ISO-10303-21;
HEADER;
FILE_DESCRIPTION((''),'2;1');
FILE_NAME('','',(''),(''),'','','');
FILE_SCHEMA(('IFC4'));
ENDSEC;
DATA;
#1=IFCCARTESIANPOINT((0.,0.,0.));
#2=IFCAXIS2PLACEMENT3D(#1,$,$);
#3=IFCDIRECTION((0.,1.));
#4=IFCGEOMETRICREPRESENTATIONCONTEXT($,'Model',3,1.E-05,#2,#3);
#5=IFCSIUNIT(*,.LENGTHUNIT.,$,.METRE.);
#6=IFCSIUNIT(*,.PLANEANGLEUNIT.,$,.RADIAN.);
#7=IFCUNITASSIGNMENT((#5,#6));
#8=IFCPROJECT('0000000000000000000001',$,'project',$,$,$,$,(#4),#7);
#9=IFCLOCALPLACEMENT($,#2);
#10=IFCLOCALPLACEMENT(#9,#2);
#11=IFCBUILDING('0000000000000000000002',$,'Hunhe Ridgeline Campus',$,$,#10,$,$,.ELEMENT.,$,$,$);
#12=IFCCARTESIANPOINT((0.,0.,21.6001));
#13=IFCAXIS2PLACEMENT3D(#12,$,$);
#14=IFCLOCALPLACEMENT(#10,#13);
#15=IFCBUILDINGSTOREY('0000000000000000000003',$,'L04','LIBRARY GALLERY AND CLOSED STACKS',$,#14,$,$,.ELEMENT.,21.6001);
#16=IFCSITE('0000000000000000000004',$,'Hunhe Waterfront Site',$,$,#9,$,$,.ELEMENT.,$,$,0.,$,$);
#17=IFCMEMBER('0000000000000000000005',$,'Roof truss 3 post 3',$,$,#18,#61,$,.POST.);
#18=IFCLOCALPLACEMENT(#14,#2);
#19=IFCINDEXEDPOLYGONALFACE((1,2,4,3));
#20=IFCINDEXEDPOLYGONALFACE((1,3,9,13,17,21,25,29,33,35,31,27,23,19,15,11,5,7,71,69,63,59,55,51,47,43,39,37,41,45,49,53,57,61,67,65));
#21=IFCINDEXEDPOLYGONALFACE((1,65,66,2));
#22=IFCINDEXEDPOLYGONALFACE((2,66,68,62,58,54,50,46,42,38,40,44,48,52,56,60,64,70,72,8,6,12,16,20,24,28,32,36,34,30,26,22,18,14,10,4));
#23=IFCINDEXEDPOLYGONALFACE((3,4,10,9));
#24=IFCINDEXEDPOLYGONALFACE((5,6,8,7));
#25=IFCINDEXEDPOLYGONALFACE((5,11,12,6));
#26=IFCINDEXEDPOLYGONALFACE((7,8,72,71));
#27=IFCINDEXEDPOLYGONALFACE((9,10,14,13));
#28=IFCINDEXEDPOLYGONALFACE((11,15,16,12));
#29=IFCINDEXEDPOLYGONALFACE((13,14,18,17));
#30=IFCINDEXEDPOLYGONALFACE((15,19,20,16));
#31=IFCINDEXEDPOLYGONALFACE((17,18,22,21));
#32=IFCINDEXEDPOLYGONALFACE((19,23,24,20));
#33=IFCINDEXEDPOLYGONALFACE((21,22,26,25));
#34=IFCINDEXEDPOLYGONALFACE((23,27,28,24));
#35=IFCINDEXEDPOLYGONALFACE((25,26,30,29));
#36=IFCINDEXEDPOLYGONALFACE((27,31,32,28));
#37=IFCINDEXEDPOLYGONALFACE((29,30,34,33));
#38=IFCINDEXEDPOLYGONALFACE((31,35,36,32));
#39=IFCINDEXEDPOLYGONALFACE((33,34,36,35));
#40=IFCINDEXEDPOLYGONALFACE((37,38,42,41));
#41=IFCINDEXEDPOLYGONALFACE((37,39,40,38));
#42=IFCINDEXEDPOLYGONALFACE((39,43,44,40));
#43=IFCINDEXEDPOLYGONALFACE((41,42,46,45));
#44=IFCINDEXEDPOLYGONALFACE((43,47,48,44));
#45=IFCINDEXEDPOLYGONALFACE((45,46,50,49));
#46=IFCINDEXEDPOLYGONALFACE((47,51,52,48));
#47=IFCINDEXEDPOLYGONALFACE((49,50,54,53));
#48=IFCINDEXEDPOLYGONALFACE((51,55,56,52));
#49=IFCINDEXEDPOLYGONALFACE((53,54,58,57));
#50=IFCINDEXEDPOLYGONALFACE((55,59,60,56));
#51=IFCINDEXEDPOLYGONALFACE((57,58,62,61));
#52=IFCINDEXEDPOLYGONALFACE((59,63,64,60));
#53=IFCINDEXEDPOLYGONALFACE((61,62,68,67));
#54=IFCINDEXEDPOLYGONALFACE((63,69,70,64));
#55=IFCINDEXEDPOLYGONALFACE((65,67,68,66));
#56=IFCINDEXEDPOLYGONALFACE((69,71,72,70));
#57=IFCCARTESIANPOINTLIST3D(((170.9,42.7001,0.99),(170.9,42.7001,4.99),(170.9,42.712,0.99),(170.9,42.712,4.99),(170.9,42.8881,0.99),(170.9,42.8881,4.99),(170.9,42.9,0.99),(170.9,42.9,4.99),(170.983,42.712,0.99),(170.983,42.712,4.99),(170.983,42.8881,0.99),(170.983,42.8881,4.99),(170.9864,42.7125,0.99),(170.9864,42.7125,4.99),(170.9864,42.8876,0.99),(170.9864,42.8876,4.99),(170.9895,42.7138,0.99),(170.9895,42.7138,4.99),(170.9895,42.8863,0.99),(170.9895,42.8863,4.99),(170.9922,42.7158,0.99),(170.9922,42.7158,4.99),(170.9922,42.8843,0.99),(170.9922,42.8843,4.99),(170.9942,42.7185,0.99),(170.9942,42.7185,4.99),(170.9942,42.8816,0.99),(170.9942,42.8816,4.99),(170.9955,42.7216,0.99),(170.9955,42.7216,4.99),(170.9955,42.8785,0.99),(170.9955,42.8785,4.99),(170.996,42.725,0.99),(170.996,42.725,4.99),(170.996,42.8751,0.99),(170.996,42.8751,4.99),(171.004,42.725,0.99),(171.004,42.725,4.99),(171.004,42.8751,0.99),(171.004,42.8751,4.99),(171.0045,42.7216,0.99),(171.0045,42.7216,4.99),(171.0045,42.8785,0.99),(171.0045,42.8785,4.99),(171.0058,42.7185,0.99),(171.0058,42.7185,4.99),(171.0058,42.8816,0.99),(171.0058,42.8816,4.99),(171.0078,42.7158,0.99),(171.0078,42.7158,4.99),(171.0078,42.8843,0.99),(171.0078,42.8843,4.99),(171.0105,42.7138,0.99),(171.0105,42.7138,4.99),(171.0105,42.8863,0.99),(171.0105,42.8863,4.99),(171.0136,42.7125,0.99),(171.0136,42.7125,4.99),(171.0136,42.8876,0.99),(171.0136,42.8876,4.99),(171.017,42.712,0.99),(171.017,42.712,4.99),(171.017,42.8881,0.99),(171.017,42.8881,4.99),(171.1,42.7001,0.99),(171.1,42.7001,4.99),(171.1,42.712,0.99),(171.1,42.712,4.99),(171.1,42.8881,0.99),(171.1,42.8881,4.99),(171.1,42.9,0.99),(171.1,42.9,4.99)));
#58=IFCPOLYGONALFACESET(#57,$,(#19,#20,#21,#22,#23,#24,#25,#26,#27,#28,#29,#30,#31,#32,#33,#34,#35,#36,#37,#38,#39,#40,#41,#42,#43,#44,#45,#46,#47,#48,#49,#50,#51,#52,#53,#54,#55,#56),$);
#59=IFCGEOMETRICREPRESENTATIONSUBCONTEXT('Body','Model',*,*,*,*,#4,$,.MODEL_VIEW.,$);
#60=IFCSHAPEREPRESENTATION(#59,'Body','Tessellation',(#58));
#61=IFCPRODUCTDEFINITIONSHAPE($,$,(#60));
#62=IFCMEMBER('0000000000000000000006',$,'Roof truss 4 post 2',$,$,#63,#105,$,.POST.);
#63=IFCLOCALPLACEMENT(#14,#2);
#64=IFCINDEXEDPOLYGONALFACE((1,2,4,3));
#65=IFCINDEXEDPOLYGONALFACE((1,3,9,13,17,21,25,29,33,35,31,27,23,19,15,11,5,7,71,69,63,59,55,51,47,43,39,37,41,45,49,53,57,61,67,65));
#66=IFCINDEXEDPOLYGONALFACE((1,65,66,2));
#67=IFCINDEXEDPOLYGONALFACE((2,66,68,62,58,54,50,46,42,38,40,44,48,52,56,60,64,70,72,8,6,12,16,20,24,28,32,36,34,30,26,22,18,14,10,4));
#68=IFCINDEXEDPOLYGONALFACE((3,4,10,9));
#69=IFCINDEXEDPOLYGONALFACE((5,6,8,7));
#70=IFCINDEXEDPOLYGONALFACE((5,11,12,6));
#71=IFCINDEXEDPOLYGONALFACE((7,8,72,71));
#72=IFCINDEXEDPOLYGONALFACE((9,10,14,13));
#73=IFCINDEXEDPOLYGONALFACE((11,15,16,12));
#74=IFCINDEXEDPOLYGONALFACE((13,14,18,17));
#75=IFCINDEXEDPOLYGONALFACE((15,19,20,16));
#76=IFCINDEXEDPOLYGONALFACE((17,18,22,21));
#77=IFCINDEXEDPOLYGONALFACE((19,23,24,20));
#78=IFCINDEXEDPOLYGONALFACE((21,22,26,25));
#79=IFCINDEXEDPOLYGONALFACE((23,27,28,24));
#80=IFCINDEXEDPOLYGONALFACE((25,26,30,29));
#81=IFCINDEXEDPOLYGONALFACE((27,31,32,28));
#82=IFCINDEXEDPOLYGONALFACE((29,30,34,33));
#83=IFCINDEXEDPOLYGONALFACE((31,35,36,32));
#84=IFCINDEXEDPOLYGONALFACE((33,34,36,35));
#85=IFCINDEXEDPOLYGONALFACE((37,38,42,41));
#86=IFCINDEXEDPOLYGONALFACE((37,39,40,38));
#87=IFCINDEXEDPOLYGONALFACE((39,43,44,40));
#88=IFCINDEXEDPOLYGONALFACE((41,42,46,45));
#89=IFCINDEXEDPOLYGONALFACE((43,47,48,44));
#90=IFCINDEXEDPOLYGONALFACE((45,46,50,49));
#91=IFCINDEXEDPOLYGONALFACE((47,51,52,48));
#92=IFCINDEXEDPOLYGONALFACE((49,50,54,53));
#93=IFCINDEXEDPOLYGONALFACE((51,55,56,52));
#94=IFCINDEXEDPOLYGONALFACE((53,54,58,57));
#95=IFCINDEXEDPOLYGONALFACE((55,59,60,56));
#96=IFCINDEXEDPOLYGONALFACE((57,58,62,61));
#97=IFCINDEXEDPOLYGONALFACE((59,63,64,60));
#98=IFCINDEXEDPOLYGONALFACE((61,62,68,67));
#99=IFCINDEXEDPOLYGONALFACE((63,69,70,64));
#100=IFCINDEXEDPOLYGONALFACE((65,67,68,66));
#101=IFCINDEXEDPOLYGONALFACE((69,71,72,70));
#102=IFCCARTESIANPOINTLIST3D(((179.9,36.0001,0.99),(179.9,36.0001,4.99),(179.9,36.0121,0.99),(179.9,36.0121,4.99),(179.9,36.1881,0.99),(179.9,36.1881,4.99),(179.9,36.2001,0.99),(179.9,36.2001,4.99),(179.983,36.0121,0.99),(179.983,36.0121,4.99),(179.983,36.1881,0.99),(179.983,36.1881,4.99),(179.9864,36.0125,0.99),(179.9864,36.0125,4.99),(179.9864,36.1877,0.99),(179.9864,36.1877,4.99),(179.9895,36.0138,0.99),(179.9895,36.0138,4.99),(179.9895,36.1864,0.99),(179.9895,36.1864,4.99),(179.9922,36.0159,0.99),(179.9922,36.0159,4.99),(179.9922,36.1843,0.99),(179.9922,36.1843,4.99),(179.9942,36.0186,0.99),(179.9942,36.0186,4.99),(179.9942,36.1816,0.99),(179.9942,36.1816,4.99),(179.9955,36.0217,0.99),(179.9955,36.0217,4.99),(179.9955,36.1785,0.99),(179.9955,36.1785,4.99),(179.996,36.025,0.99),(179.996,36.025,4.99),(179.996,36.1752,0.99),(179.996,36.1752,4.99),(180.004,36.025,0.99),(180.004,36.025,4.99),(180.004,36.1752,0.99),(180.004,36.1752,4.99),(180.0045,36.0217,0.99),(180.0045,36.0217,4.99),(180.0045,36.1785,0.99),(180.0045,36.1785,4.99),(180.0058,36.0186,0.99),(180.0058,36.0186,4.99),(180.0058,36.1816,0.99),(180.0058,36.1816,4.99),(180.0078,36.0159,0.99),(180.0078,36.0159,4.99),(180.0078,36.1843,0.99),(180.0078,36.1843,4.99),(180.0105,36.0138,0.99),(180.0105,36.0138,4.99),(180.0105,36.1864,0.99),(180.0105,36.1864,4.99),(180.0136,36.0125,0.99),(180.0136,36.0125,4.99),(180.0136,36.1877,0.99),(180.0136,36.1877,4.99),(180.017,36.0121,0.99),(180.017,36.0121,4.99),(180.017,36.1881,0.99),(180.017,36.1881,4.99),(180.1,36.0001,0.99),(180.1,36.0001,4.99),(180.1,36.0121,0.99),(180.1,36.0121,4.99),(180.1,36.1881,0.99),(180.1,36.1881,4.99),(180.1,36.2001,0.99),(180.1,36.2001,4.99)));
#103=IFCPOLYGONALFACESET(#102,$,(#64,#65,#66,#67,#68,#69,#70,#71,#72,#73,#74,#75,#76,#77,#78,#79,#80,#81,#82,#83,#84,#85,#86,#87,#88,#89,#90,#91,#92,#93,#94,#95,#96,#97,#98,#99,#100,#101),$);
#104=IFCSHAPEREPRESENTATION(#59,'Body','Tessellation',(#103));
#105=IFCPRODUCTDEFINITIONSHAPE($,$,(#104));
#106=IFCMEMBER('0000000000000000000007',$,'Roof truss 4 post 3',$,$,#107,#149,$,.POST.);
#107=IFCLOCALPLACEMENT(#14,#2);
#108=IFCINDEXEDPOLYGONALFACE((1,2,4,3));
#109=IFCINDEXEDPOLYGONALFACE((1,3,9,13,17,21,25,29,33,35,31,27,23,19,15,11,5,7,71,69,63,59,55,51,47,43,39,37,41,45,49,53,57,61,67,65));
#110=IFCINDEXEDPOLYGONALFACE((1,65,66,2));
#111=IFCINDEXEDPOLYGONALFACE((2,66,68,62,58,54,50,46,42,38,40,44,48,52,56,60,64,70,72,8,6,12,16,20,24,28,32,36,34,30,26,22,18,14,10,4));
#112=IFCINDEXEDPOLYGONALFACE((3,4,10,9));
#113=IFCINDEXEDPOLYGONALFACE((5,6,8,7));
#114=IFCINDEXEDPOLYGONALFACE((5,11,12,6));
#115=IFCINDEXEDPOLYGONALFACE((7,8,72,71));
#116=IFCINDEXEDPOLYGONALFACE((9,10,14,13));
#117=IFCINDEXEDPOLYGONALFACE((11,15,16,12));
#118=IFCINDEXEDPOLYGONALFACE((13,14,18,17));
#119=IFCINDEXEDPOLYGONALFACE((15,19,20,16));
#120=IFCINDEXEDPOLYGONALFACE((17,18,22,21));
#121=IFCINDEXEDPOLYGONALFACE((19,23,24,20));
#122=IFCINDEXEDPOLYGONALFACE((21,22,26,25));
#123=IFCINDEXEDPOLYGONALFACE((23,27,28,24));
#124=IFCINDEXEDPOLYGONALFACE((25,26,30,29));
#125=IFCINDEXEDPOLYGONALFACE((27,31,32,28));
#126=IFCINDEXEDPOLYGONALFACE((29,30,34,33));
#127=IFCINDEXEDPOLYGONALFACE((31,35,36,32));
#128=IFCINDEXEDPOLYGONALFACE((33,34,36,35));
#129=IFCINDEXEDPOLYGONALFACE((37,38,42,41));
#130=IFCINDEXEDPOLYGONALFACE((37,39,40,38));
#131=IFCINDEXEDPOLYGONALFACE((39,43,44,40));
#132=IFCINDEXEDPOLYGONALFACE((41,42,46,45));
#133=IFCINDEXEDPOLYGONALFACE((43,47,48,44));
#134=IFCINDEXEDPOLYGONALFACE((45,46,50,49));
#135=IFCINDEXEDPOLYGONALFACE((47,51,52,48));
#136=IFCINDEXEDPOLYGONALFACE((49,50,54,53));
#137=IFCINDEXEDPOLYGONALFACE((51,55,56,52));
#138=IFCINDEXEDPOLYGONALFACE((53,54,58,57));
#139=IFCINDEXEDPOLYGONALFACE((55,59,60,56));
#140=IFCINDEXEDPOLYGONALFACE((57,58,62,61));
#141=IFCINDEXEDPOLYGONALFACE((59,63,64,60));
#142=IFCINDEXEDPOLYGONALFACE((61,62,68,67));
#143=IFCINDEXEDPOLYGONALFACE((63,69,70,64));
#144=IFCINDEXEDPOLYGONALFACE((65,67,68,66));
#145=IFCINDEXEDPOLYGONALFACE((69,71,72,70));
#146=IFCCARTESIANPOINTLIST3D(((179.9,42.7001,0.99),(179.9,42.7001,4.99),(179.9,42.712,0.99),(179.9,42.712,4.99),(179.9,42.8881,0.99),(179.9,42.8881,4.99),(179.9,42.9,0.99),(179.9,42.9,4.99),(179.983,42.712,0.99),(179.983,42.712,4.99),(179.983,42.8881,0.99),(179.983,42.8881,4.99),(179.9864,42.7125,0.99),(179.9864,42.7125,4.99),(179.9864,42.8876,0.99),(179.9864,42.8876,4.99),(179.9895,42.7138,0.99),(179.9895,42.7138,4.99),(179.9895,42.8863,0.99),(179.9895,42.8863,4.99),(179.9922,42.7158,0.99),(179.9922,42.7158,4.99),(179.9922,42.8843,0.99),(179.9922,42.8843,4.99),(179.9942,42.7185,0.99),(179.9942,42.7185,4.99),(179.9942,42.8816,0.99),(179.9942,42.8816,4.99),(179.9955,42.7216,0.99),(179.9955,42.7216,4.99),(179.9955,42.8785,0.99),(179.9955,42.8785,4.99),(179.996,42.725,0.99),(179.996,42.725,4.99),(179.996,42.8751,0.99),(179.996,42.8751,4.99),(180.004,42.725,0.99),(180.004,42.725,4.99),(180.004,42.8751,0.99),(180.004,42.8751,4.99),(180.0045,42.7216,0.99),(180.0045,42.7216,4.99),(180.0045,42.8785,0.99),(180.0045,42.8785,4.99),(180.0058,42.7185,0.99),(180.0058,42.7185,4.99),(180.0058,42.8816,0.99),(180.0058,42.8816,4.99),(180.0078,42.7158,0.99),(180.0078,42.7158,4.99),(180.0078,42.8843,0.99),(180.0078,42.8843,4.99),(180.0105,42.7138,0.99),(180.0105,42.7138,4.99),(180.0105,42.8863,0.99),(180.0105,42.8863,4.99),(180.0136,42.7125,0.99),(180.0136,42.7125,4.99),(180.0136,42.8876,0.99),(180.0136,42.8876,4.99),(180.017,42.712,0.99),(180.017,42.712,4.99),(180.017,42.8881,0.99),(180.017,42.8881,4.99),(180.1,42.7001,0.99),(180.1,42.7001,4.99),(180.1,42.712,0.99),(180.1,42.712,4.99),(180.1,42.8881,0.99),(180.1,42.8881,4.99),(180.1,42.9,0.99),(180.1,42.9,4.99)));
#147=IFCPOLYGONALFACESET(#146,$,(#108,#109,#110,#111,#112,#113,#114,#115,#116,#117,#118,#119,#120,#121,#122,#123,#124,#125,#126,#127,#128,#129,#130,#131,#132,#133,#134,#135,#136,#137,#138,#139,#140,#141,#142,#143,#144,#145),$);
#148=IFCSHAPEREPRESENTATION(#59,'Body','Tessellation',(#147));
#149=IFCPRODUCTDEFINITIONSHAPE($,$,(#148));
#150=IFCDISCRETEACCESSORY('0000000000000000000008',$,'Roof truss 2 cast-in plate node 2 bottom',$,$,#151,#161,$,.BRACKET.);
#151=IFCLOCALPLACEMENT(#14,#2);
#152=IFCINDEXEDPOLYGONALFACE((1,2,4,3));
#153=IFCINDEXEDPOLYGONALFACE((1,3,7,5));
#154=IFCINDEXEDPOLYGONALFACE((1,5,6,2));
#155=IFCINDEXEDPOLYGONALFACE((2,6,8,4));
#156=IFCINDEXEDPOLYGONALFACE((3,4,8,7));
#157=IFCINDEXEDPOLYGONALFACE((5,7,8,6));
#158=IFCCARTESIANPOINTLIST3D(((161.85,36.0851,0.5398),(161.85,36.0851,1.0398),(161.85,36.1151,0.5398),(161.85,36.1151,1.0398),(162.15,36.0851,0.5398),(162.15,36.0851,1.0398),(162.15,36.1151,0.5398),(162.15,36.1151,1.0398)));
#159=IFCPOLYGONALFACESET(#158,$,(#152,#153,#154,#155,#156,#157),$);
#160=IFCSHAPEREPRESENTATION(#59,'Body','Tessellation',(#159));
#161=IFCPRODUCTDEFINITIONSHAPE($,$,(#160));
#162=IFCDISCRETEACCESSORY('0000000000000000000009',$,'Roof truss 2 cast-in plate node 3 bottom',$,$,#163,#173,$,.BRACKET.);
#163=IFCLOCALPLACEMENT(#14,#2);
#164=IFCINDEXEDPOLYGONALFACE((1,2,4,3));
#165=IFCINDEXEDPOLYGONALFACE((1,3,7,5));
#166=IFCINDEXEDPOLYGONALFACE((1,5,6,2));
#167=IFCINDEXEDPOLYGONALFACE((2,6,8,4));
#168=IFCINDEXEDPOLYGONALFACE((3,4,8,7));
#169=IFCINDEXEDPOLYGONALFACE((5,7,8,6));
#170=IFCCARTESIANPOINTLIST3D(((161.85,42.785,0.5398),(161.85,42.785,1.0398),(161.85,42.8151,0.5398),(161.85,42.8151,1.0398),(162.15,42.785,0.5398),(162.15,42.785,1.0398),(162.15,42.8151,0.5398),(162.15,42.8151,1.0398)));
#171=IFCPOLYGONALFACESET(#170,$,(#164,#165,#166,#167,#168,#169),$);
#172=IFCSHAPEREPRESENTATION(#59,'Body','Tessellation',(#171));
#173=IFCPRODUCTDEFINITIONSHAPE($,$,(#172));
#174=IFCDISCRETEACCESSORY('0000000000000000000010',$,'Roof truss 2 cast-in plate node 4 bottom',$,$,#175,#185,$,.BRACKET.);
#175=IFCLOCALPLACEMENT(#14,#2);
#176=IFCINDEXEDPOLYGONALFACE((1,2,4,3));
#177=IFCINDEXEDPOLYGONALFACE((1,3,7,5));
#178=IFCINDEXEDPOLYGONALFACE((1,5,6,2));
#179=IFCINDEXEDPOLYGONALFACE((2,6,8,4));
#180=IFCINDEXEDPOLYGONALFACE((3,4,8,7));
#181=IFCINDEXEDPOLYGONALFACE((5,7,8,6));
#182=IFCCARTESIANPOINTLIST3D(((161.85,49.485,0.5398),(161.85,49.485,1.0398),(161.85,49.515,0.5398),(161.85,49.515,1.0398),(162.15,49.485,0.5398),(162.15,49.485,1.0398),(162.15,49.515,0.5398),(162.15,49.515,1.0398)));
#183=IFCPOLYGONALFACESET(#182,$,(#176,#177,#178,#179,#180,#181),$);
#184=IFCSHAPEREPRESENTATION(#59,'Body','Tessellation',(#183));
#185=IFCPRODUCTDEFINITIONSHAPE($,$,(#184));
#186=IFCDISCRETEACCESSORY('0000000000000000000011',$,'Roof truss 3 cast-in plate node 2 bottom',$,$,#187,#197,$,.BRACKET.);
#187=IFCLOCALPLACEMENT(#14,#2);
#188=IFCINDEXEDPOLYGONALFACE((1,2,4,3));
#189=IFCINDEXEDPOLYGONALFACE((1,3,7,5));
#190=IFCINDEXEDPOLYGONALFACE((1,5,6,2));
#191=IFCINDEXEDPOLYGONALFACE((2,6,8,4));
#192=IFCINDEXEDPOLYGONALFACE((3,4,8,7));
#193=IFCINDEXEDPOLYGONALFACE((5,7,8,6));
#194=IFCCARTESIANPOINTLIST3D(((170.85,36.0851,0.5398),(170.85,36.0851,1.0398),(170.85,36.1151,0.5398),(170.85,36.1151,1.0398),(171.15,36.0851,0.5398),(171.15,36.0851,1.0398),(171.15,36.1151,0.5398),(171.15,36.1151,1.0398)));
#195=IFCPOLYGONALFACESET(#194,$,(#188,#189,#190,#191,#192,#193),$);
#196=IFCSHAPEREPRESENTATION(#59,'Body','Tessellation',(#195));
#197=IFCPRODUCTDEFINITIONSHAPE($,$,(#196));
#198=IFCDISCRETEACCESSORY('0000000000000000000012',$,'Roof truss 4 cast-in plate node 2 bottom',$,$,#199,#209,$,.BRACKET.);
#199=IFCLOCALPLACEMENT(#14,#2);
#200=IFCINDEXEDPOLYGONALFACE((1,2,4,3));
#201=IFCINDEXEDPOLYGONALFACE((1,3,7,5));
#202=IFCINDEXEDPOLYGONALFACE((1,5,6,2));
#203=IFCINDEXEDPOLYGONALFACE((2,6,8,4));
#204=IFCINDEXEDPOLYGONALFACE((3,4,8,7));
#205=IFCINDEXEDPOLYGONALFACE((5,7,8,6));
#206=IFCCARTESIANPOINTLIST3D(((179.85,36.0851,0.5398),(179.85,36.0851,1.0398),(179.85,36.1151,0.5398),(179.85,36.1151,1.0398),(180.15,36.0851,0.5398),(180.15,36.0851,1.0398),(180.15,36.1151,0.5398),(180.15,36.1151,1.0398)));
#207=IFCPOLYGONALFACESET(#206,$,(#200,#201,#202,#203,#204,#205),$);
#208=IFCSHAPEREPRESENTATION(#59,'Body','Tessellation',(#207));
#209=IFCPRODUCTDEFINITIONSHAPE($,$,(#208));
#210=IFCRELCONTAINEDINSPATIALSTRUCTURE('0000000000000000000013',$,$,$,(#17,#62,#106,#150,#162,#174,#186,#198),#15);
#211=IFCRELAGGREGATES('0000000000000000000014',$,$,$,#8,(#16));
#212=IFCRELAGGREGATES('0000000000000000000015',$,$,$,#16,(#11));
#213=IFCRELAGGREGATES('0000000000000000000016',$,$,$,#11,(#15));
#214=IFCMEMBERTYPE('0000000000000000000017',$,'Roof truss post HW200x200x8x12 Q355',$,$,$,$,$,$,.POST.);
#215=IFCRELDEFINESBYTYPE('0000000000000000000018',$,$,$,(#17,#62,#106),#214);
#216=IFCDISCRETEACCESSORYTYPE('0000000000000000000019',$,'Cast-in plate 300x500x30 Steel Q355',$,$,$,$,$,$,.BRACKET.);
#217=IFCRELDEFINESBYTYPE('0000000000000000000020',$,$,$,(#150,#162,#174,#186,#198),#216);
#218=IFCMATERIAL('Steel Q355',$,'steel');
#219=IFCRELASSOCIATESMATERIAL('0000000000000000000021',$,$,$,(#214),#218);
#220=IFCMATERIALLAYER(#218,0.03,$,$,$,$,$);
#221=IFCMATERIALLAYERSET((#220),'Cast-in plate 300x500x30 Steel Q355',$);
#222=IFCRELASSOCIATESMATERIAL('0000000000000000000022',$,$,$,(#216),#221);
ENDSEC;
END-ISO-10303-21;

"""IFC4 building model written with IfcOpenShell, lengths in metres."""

from ifc_helpers import new_model, si_unit, direction, frame, origin, origin_2d, place, context, subcontext, project, spatial, rectangle, i_section, extrude, material, layer, layer_set, material_profile, profile_set, type_object, element, save


model = new_model("IFC4")

# Units and contexts
model_context = context("Model", 3, precision=1e-05, world=origin(), true_north=direction((0.0, 1.0)))
body_context = subcontext(model_context, "Body", "Model", "MODEL_VIEW")
ifc_project = project(units=[si_unit("LENGTHUNIT", "METRE"), si_unit("PLANEANGLEUNIT", "RADIAN")], contexts=[model_context])

# Site, building, storey
site_placement = place(None, origin())
site = spatial("IfcSite", under=ifc_project, at=site_placement, Name="Hunhe Waterfront Site", CompositionType="ELEMENT", RefElevation=0.0)
building_placement = place(site_placement, origin())
building = spatial("IfcBuilding", under=site, at=building_placement, Name="Hunhe Ridgeline Campus", CompositionType="ELEMENT")
storey_placement = place(building_placement, frame((0.0, 0.0, 21.6001)))
storey = spatial("IfcBuildingStorey", under=building, at=storey_placement, Name="L04", Description="LIBRARY GALLERY AND CLOSED STACKS", CompositionType="ELEMENT", Elevation=21.6001)

# Members
ifc_material = material(Name="Steel Q355", Category="steel")
ifc_material_profile_1 = material_profile(ifc_material, i_section(OverallWidth=0.2, OverallDepth=0.2, WebThickness=0.0081, FlangeThickness=0.012, FilletRadius=0.0129, at=origin_2d()))
ifc_profile_set_1 = profile_set([ifc_material_profile_1], Name="Steel Q355")
member_type_1 = type_object("IfcMemberType", Name="Roof truss post HW200x200x8x12 Q355", PredefinedType="POST", material=ifc_profile_set_1)
for number, where, z_axis, x_axis, name in (
    (1, (171.0, 42.8, 0.99), (0.0, 0.0, 1.0), (1.0, 0.0, 0.0), "Roof truss 3 post 3"),
    (2, (180.0, 36.1001, 0.99), (0.0, 0.0, 1.0), (1.0, 0.0, 0.0), "Roof truss 4 post 2"),
    (3, (180.0, 42.8, 0.99), (0.0, 0.0, 1.0), (1.0, 0.0, 0.0), "Roof truss 4 post 3"),
):
    element("IfcMember", number, at=place(storey_placement, frame(where, z_axis=z_axis, x_axis=x_axis)), inside=storey, type_object=member_type_1, Name=name, PredefinedType="POST", context=body_context, shape_type="SweptSolid", body=[
        extrude(i_section(OverallWidth=0.2, OverallDepth=0.2, WebThickness=0.0081, FlangeThickness=0.012, FilletRadius=0.0129, at=origin_2d()), origin(), (0.0, 0.0, 1.0), 4.0),
    ])

# Discrete accessories
ifc_layer = layer(ifc_material, 0.03)
ifc_layer_set = layer_set([ifc_layer], Name="Cast-in plate 300x500x30 Steel Q355")
discrete_accessory_type = type_object("IfcDiscreteAccessoryType", Name="Cast-in plate 300x500x30 Steel Q355", PredefinedType="BRACKET", material=ifc_layer_set)
for number, where, z_axis, x_axis, name in (
    (4, (162.0, 36.1001, 0.5398), (0.0, 0.0, 1.0), (0.0, 1.0, 0.0), "Roof truss 2 cast-in plate node 2 bottom"),
    (5, (162.0, 42.8, 0.5398), (0.0, 0.0, 1.0), (0.0, 1.0, 0.0), "Roof truss 2 cast-in plate node 3 bottom"),
    (6, (162.0, 49.5, 0.5398), (0.0, 0.0, 1.0), (0.0, 1.0, 0.0), "Roof truss 2 cast-in plate node 4 bottom"),
    (7, (171.0, 36.1001, 0.5398), (0.0, 0.0, 1.0), (0.0, 1.0, 0.0), "Roof truss 3 cast-in plate node 2 bottom"),
    (8, (180.0, 36.1001, 0.5398), (0.0, 0.0, 1.0), (0.0, 1.0, 0.0), "Roof truss 4 cast-in plate node 2 bottom"),
):
    element("IfcDiscreteAccessory", number, at=place(storey_placement, frame(where, z_axis=z_axis, x_axis=x_axis)), inside=storey, type_object=discrete_accessory_type, Name=name, PredefinedType="BRACKET", context=body_context, shape_type="SweptSolid", body=[
        extrude(rectangle(XDim=0.03, YDim=0.3, at=origin_2d()), origin(), (0.0, 0.0, 1.0), 0.5),
    ])

save(model, "model.ifc")
